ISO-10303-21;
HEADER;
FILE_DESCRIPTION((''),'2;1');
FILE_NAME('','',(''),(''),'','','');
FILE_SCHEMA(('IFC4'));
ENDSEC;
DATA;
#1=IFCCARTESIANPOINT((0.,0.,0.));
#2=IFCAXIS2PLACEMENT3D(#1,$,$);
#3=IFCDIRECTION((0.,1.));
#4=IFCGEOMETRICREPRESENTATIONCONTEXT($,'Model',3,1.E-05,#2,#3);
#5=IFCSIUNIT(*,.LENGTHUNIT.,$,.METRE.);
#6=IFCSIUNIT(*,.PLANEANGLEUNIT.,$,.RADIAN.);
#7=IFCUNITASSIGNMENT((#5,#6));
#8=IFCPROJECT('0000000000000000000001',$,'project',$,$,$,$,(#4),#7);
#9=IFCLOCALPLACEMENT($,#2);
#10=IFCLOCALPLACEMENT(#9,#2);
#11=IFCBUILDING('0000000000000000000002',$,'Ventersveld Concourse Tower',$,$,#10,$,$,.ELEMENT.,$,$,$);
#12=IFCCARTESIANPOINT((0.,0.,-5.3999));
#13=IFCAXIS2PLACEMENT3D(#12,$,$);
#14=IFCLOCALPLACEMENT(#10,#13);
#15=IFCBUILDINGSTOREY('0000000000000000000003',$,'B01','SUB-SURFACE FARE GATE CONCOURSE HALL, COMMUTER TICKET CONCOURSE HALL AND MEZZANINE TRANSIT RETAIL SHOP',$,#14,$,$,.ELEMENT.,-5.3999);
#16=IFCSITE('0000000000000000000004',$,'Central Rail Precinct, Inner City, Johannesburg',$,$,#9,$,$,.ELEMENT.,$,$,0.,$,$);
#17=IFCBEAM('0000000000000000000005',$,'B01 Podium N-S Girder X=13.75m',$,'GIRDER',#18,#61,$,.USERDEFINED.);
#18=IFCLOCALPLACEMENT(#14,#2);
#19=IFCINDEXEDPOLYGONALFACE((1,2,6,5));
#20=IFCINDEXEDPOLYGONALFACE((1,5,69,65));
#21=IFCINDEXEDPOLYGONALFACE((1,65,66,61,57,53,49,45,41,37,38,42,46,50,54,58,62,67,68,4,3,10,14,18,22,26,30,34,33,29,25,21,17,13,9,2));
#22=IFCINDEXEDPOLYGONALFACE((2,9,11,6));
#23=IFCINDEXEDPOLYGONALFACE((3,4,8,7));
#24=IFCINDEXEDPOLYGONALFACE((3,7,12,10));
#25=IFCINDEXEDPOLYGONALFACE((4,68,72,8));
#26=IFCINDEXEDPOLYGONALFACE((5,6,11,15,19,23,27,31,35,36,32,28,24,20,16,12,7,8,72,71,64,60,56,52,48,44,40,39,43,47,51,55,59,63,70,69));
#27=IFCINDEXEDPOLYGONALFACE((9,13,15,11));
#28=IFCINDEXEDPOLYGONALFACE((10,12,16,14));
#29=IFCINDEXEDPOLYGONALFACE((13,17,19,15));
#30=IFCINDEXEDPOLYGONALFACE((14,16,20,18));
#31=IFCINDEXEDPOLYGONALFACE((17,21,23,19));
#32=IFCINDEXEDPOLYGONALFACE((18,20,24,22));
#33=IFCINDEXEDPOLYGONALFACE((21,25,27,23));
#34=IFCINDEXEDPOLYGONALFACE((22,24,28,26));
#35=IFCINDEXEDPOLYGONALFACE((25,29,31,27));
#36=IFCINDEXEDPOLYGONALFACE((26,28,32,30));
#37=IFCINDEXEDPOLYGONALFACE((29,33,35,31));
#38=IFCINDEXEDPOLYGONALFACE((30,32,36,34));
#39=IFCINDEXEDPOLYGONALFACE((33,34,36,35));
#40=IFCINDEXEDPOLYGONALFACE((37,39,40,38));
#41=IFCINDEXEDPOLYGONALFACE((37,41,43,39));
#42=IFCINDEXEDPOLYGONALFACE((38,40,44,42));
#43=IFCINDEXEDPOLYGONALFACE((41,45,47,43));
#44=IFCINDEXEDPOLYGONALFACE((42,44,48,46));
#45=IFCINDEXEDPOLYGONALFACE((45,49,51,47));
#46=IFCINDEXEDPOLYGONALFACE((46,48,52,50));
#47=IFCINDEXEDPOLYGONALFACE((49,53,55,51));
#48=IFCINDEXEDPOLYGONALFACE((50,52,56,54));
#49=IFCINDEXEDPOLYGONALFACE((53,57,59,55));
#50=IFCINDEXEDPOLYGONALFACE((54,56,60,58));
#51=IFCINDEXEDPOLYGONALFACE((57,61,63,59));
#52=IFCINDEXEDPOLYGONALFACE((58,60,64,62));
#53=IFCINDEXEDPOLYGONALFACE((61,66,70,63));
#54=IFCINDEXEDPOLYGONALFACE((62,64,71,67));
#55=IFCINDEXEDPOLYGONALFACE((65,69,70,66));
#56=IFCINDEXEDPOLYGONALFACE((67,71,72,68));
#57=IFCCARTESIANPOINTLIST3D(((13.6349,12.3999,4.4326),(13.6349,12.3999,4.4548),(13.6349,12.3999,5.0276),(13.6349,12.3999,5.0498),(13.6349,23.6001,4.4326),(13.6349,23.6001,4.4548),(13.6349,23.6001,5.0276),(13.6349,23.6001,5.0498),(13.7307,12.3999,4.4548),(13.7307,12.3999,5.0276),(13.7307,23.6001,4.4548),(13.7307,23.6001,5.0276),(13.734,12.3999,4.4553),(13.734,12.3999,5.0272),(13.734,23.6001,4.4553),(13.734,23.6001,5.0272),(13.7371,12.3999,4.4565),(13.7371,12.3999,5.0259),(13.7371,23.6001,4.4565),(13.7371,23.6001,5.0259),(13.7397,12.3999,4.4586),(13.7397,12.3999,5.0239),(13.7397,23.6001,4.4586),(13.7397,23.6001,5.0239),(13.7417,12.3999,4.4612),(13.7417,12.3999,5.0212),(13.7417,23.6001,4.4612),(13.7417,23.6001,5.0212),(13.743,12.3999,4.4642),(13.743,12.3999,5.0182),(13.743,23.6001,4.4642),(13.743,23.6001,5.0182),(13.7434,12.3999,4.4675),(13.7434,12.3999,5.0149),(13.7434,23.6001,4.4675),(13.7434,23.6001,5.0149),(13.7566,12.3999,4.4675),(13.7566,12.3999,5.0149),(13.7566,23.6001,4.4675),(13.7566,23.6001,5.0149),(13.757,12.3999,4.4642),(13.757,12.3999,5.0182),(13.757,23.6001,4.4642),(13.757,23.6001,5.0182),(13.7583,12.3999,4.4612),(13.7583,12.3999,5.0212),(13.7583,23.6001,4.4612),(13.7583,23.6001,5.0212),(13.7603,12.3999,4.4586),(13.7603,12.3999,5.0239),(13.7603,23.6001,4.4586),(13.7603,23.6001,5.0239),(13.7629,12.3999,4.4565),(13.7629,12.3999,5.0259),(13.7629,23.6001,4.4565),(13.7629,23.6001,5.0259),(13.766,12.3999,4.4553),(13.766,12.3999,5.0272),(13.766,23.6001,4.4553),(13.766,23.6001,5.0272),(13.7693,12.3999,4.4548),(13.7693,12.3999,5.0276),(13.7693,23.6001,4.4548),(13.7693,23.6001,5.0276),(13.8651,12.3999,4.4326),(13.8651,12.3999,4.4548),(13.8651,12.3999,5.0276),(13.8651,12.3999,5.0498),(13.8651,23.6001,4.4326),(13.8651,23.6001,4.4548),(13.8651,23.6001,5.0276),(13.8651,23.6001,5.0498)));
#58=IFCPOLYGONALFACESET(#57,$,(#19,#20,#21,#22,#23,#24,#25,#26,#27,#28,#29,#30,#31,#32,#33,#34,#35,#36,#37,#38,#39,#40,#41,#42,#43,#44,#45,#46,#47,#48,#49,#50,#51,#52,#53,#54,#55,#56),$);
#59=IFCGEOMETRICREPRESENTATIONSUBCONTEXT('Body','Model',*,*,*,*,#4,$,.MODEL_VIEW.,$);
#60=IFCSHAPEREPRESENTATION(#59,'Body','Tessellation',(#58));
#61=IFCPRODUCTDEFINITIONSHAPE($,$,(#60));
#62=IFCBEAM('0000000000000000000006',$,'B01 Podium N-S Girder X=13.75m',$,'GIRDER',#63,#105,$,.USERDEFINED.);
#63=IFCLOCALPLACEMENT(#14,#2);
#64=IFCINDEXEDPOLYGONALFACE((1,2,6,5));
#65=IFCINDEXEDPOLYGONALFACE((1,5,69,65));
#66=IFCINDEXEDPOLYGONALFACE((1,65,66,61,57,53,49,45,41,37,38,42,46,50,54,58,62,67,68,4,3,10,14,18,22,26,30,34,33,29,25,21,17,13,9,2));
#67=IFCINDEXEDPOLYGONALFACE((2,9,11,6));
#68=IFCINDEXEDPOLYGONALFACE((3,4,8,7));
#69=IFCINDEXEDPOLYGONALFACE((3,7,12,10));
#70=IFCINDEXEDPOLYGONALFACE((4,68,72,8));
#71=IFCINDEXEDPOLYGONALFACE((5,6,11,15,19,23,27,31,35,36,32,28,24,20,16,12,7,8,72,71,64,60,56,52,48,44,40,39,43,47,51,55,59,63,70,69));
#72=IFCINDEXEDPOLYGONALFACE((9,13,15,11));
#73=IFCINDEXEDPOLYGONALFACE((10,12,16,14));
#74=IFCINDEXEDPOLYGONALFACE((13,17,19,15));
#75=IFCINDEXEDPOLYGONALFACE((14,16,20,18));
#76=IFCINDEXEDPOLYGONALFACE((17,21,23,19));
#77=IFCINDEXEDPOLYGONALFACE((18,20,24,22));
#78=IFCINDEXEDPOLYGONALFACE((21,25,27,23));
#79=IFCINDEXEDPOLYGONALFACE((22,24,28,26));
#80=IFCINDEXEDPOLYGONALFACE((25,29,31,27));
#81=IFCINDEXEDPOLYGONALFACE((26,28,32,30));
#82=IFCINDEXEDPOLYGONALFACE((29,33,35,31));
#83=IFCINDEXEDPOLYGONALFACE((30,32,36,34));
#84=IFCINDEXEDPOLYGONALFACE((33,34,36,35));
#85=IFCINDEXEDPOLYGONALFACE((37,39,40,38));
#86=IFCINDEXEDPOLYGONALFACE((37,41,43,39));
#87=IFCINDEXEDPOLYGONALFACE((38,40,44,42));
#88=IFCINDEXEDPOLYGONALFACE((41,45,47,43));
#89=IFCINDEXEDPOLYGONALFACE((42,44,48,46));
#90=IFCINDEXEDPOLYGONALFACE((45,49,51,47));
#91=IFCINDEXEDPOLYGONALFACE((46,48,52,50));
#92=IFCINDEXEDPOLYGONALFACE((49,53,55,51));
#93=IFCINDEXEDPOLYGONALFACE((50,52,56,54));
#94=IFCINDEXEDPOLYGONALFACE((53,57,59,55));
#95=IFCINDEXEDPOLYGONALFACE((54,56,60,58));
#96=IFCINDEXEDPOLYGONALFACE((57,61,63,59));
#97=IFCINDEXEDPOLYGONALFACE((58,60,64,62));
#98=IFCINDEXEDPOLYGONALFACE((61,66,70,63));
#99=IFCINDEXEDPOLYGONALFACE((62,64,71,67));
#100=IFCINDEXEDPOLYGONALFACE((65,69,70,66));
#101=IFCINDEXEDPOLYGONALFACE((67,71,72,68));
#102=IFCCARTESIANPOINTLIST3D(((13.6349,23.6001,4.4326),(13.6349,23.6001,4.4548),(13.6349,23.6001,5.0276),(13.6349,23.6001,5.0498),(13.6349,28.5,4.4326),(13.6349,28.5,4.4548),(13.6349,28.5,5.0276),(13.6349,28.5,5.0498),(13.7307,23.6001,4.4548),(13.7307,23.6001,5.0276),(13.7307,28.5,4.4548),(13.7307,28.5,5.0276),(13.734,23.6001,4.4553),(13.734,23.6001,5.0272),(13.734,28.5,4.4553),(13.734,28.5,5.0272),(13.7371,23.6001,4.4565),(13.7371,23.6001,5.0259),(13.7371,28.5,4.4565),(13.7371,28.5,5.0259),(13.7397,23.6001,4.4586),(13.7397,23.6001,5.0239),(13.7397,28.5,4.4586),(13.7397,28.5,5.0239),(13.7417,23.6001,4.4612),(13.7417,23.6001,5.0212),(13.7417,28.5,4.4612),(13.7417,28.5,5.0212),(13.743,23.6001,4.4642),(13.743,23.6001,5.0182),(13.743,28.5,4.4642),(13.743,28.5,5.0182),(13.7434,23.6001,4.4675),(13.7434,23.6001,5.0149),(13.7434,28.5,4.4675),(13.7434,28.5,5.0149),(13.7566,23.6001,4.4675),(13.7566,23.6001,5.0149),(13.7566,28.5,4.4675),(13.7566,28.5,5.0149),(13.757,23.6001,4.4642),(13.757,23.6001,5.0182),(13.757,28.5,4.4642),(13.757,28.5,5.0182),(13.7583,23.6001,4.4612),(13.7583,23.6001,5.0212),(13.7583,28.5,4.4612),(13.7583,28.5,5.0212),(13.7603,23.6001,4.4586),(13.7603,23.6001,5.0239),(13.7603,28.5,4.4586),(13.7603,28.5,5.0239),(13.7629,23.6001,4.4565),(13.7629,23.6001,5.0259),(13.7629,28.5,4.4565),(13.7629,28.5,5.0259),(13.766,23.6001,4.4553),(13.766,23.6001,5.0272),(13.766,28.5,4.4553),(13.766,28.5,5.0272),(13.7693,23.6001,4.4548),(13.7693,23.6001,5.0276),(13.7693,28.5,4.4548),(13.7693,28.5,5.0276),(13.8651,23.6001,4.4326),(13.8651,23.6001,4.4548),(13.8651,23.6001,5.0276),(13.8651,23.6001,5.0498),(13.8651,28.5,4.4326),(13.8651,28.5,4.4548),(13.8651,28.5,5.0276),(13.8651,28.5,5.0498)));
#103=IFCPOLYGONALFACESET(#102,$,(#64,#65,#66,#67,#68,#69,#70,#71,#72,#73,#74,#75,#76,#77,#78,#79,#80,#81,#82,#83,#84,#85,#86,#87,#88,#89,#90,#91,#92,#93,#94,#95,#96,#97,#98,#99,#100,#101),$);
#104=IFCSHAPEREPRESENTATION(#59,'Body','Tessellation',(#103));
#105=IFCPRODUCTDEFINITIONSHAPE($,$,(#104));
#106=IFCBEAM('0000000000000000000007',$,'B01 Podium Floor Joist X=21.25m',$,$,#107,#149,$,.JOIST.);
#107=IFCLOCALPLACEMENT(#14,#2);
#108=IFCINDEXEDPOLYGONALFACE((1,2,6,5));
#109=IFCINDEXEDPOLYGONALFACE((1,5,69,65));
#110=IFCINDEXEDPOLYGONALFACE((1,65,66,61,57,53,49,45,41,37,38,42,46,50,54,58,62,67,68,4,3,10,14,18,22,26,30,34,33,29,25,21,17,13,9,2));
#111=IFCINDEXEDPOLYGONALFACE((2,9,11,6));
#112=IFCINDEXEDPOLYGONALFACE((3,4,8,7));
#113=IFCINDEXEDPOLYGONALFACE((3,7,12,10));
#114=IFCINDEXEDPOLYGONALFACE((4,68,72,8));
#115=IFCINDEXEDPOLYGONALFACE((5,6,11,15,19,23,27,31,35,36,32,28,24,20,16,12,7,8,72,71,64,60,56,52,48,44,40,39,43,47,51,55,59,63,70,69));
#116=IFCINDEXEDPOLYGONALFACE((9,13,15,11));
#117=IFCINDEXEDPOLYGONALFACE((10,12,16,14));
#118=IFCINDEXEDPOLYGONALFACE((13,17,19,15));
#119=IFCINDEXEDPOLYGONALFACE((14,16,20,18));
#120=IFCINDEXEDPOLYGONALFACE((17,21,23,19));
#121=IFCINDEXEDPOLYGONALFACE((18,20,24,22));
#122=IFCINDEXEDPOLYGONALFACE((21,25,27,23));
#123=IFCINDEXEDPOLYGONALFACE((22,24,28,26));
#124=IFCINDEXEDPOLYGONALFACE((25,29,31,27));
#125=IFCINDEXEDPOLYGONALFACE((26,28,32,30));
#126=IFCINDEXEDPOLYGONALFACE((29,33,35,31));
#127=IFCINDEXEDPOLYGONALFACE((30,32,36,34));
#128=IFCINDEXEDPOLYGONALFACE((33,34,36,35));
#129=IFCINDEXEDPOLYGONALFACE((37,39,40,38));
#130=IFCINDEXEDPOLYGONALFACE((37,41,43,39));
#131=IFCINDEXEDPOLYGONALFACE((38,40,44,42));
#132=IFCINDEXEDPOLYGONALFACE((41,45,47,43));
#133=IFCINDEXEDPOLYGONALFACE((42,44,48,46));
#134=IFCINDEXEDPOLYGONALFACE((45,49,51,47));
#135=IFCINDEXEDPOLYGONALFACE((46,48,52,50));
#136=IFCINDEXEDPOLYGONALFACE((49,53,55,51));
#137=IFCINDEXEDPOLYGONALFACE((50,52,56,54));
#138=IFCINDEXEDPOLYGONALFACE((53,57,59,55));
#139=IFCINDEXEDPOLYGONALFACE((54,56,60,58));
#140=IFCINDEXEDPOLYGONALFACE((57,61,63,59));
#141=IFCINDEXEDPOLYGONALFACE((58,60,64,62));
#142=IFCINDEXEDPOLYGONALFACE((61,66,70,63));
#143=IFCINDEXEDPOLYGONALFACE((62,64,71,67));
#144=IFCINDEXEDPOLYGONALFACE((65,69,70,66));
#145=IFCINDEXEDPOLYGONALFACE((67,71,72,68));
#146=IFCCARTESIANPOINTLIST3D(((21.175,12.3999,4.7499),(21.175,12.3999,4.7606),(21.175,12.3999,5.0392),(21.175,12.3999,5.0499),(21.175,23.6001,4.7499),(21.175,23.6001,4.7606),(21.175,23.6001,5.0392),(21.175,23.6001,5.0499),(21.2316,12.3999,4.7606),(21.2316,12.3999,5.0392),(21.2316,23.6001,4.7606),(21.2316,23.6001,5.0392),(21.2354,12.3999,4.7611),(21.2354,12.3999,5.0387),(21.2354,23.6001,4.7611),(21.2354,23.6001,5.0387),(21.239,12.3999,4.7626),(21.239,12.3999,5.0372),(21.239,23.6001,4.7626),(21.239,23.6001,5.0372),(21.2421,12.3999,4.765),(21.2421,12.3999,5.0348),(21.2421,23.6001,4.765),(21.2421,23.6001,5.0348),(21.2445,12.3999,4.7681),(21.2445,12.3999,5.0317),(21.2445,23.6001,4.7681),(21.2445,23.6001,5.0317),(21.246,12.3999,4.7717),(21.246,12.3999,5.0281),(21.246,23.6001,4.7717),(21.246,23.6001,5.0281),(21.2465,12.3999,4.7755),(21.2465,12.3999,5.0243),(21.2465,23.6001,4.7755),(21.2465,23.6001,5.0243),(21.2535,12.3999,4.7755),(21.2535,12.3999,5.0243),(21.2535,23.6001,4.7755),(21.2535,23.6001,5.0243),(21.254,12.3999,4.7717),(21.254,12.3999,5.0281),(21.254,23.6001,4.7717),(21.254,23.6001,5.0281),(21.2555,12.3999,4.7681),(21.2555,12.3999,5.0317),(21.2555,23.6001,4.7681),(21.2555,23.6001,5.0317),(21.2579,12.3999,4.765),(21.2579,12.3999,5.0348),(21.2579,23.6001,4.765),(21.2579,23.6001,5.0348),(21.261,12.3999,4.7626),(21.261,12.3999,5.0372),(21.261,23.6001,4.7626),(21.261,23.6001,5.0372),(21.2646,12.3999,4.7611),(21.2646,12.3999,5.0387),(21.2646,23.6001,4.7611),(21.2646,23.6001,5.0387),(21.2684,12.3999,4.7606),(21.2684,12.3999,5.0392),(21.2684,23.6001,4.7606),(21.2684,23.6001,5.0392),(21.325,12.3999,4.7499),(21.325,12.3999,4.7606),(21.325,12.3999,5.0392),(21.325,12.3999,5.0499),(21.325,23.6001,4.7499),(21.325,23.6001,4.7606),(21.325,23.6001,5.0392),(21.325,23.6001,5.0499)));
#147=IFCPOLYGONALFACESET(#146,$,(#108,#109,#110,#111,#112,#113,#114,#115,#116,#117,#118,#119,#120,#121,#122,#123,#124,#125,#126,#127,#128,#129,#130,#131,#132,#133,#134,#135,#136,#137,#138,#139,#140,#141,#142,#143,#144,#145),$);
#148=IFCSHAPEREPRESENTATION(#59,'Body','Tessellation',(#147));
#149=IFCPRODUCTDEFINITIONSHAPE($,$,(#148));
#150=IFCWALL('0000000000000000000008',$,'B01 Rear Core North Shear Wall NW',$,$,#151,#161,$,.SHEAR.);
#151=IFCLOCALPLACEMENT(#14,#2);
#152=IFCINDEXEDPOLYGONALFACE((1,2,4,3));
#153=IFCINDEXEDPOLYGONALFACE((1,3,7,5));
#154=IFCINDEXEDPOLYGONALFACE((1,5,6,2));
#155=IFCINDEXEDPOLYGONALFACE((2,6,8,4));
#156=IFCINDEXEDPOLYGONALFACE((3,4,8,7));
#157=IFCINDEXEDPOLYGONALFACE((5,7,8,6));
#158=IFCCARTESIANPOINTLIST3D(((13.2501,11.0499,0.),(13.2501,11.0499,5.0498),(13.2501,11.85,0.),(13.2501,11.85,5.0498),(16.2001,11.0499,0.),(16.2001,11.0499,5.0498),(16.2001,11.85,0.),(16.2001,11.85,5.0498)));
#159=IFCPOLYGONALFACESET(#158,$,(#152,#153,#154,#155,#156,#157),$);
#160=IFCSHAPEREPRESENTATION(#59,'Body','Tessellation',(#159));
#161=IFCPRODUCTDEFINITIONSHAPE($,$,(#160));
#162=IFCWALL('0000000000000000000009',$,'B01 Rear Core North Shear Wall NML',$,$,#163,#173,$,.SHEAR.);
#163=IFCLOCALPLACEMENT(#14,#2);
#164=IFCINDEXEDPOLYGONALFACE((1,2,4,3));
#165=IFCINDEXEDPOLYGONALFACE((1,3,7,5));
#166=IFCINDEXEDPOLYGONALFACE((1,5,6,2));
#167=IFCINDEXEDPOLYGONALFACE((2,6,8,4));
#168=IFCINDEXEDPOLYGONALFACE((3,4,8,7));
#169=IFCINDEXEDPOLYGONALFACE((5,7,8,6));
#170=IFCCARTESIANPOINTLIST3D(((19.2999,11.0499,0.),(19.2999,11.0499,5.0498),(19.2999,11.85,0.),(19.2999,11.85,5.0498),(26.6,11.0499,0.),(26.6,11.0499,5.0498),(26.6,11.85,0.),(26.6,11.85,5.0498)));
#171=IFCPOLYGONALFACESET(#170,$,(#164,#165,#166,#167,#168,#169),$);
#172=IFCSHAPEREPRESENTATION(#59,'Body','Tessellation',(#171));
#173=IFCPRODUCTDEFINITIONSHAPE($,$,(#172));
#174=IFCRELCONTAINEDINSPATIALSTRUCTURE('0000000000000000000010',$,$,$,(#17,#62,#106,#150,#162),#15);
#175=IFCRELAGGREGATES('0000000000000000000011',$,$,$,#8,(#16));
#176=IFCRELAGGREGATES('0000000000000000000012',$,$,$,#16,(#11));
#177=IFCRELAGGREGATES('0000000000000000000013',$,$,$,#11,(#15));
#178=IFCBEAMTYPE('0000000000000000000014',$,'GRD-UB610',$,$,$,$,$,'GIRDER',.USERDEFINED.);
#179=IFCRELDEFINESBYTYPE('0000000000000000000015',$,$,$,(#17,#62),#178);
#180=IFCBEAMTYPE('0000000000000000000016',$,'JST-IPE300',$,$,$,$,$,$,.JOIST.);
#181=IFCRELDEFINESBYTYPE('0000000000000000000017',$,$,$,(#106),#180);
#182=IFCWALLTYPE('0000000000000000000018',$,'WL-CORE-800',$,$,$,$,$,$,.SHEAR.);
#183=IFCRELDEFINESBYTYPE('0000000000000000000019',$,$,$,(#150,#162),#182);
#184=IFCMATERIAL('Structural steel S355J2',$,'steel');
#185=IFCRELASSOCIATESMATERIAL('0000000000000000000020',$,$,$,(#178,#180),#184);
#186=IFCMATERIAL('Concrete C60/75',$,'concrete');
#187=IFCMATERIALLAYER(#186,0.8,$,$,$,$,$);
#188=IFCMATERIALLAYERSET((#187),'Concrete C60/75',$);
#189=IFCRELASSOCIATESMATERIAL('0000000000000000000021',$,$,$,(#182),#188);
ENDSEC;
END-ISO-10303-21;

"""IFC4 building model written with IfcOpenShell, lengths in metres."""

from ifc_helpers import new_model, si_unit, direction, frame, frame_2d, origin, origin_2d, place, context, subcontext, project, spatial, rectangle, i_section, extrude, material, layer, layer_set, material_profile, profile_set, type_object, element, save


model = new_model("IFC4")

# Units and contexts
model_context = context("Model", 3, precision=1e-05, world=origin(), true_north=direction((0.0, 1.0)))
body_context = subcontext(model_context, "Body", "Model", "MODEL_VIEW")
ifc_project = project(units=[si_unit("LENGTHUNIT", "METRE"), si_unit("PLANEANGLEUNIT", "RADIAN")], contexts=[model_context])

# Site, building, storey
site_placement = place(None, origin())
site = spatial("IfcSite", under=ifc_project, at=site_placement, Name="Central Rail Precinct, Inner City, Johannesburg", CompositionType="ELEMENT", RefElevation=0.0)
building_placement = place(site_placement, origin())
building = spatial("IfcBuilding", under=site, at=building_placement, Name="Ventersveld Concourse Tower", CompositionType="ELEMENT")
storey_placement = place(building_placement, frame((0.0, 0.0, -5.3999)))
storey = spatial("IfcBuildingStorey", under=building, at=storey_placement, Name="B01", Description="SUB-SURFACE FARE GATE CONCOURSE HALL, COMMUTER TICKET CONCOURSE HALL AND MEZZANINE TRANSIT RETAIL SHOP", CompositionType="ELEMENT", Elevation=-5.3999)

# Shared definitions
ifc_material_1 = material(Name="Concrete C60/75", Category="concrete")

# Beams
ifc_material_2 = material(Name="Structural steel S355J2", Category="steel")
ifc_material_profile_1 = material_profile(ifc_material_2, i_section(OverallWidth=0.2302, OverallDepth=0.6172, WebThickness=0.0132, FlangeThickness=0.0222, FilletRadius=0.0127, at=origin_2d()), Name="UB 610x229x140")
ifc_profile_set_1 = profile_set([ifc_material_profile_1], Name="Structural steel S355J2")
beam_type_1 = type_object("IfcBeamType", Name="GRD-UB610", ElementType="GIRDER", PredefinedType="USERDEFINED", material=ifc_profile_set_1)
beam_1_placement = place(storey_placement, frame((13.75, 12.3999, 4.7412), z_axis=(0.0, 1.0, 0.0), x_axis=(-1.0, 0.0, 0.0)))
element("IfcBeam", 1, at=beam_1_placement, inside=storey, type_object=beam_type_1, Name="B01 Podium N-S Girder X=13.75m", ObjectType="GIRDER", PredefinedType="USERDEFINED", context=body_context, shape_type="SweptSolid", body=[
    extrude(i_section(OverallWidth=0.2302, OverallDepth=0.6172, WebThickness=0.0132, FlangeThickness=0.0222, FilletRadius=0.0127, at=origin_2d()), origin(), (0.0, 0.0, 1.0), 11.2002),
])
beam_2_placement = place(storey_placement, frame((13.75, 23.6001, 4.7412), z_axis=(0.0, 1.0, 0.0), x_axis=(-1.0, 0.0, 0.0)))
element("IfcBeam", 2, at=beam_2_placement, inside=storey, type_object=beam_type_1, Name="B01 Podium N-S Girder X=13.75m", ObjectType="GIRDER", PredefinedType="USERDEFINED", context=body_context, shape_type="SweptSolid", body=[
    extrude(i_section(OverallWidth=0.2302, OverallDepth=0.6172, WebThickness=0.0132, FlangeThickness=0.0222, FilletRadius=0.0127, at=origin_2d()), origin(), (0.0, 0.0, 1.0), 4.8999),
])
ifc_material_profile_2 = material_profile(ifc_material_2, i_section(OverallWidth=0.1499, OverallDepth=0.3, WebThickness=0.0071, FlangeThickness=0.0107, FilletRadius=0.0149, at=origin_2d()), Name="IPE 300")
ifc_profile_set_2 = profile_set([ifc_material_profile_2], Name="Structural steel S355J2")
beam_type_2 = type_object("IfcBeamType", Name="JST-IPE300", PredefinedType="JOIST", material=ifc_profile_set_2)
beam_3_placement = place(storey_placement, frame((21.25, 12.3999, 4.8999), z_axis=(0.0, 1.0, 0.0), x_axis=(-1.0, 0.0, 0.0)))
element("IfcBeam", 3, at=beam_3_placement, inside=storey, type_object=beam_type_2, Name="B01 Podium Floor Joist X=21.25m", PredefinedType="JOIST", context=body_context, shape_type="SweptSolid", body=[
    extrude(i_section(OverallWidth=0.1499, OverallDepth=0.3, WebThickness=0.0071, FlangeThickness=0.0107, FilletRadius=0.0149, at=origin_2d()), origin(), (0.0, 0.0, 1.0), 11.2002),
])

# Walls
ifc_layer_1 = layer(ifc_material_1, 0.8)
ifc_layer_set_1 = layer_set([ifc_layer_1], Name="Concrete C60/75")
wall_type_1 = type_object("IfcWallType", Name="WL-CORE-800", PredefinedType="SHEAR", material=ifc_layer_set_1)
wall_1_placement = place(storey_placement, frame((13.25, 11.45, 0.0), z_axis=(0.0, 0.0, 1.0), x_axis=(1.0, 0.0, 0.0)))
element("IfcWall", 4, at=wall_1_placement, inside=storey, type_object=wall_type_1, Name="B01 Rear Core North Shear Wall NW", PredefinedType="SHEAR", context=body_context, shape_type="SweptSolid", body=[
    extrude(rectangle(XDim=2.95, YDim=0.8, at=frame_2d((1.4751, 0.0))), origin(), (0.0, 0.0, 1.0), 5.0498),
])
wall_2_placement = place(storey_placement, frame((19.3, 11.45, 0.0), z_axis=(0.0, 0.0, 1.0), x_axis=(1.0, 0.0, 0.0)))
element("IfcWall", 5, at=wall_2_placement, inside=storey, type_object=wall_type_1, Name="B01 Rear Core North Shear Wall NML", PredefinedType="SHEAR", context=body_context, shape_type="SweptSolid", body=[
    extrude(rectangle(XDim=7.3, YDim=0.8, at=frame_2d((3.6499, 0.0))), origin(), (0.0, 0.0, 1.0), 5.0498),
])

save(model, "model.ifc")
